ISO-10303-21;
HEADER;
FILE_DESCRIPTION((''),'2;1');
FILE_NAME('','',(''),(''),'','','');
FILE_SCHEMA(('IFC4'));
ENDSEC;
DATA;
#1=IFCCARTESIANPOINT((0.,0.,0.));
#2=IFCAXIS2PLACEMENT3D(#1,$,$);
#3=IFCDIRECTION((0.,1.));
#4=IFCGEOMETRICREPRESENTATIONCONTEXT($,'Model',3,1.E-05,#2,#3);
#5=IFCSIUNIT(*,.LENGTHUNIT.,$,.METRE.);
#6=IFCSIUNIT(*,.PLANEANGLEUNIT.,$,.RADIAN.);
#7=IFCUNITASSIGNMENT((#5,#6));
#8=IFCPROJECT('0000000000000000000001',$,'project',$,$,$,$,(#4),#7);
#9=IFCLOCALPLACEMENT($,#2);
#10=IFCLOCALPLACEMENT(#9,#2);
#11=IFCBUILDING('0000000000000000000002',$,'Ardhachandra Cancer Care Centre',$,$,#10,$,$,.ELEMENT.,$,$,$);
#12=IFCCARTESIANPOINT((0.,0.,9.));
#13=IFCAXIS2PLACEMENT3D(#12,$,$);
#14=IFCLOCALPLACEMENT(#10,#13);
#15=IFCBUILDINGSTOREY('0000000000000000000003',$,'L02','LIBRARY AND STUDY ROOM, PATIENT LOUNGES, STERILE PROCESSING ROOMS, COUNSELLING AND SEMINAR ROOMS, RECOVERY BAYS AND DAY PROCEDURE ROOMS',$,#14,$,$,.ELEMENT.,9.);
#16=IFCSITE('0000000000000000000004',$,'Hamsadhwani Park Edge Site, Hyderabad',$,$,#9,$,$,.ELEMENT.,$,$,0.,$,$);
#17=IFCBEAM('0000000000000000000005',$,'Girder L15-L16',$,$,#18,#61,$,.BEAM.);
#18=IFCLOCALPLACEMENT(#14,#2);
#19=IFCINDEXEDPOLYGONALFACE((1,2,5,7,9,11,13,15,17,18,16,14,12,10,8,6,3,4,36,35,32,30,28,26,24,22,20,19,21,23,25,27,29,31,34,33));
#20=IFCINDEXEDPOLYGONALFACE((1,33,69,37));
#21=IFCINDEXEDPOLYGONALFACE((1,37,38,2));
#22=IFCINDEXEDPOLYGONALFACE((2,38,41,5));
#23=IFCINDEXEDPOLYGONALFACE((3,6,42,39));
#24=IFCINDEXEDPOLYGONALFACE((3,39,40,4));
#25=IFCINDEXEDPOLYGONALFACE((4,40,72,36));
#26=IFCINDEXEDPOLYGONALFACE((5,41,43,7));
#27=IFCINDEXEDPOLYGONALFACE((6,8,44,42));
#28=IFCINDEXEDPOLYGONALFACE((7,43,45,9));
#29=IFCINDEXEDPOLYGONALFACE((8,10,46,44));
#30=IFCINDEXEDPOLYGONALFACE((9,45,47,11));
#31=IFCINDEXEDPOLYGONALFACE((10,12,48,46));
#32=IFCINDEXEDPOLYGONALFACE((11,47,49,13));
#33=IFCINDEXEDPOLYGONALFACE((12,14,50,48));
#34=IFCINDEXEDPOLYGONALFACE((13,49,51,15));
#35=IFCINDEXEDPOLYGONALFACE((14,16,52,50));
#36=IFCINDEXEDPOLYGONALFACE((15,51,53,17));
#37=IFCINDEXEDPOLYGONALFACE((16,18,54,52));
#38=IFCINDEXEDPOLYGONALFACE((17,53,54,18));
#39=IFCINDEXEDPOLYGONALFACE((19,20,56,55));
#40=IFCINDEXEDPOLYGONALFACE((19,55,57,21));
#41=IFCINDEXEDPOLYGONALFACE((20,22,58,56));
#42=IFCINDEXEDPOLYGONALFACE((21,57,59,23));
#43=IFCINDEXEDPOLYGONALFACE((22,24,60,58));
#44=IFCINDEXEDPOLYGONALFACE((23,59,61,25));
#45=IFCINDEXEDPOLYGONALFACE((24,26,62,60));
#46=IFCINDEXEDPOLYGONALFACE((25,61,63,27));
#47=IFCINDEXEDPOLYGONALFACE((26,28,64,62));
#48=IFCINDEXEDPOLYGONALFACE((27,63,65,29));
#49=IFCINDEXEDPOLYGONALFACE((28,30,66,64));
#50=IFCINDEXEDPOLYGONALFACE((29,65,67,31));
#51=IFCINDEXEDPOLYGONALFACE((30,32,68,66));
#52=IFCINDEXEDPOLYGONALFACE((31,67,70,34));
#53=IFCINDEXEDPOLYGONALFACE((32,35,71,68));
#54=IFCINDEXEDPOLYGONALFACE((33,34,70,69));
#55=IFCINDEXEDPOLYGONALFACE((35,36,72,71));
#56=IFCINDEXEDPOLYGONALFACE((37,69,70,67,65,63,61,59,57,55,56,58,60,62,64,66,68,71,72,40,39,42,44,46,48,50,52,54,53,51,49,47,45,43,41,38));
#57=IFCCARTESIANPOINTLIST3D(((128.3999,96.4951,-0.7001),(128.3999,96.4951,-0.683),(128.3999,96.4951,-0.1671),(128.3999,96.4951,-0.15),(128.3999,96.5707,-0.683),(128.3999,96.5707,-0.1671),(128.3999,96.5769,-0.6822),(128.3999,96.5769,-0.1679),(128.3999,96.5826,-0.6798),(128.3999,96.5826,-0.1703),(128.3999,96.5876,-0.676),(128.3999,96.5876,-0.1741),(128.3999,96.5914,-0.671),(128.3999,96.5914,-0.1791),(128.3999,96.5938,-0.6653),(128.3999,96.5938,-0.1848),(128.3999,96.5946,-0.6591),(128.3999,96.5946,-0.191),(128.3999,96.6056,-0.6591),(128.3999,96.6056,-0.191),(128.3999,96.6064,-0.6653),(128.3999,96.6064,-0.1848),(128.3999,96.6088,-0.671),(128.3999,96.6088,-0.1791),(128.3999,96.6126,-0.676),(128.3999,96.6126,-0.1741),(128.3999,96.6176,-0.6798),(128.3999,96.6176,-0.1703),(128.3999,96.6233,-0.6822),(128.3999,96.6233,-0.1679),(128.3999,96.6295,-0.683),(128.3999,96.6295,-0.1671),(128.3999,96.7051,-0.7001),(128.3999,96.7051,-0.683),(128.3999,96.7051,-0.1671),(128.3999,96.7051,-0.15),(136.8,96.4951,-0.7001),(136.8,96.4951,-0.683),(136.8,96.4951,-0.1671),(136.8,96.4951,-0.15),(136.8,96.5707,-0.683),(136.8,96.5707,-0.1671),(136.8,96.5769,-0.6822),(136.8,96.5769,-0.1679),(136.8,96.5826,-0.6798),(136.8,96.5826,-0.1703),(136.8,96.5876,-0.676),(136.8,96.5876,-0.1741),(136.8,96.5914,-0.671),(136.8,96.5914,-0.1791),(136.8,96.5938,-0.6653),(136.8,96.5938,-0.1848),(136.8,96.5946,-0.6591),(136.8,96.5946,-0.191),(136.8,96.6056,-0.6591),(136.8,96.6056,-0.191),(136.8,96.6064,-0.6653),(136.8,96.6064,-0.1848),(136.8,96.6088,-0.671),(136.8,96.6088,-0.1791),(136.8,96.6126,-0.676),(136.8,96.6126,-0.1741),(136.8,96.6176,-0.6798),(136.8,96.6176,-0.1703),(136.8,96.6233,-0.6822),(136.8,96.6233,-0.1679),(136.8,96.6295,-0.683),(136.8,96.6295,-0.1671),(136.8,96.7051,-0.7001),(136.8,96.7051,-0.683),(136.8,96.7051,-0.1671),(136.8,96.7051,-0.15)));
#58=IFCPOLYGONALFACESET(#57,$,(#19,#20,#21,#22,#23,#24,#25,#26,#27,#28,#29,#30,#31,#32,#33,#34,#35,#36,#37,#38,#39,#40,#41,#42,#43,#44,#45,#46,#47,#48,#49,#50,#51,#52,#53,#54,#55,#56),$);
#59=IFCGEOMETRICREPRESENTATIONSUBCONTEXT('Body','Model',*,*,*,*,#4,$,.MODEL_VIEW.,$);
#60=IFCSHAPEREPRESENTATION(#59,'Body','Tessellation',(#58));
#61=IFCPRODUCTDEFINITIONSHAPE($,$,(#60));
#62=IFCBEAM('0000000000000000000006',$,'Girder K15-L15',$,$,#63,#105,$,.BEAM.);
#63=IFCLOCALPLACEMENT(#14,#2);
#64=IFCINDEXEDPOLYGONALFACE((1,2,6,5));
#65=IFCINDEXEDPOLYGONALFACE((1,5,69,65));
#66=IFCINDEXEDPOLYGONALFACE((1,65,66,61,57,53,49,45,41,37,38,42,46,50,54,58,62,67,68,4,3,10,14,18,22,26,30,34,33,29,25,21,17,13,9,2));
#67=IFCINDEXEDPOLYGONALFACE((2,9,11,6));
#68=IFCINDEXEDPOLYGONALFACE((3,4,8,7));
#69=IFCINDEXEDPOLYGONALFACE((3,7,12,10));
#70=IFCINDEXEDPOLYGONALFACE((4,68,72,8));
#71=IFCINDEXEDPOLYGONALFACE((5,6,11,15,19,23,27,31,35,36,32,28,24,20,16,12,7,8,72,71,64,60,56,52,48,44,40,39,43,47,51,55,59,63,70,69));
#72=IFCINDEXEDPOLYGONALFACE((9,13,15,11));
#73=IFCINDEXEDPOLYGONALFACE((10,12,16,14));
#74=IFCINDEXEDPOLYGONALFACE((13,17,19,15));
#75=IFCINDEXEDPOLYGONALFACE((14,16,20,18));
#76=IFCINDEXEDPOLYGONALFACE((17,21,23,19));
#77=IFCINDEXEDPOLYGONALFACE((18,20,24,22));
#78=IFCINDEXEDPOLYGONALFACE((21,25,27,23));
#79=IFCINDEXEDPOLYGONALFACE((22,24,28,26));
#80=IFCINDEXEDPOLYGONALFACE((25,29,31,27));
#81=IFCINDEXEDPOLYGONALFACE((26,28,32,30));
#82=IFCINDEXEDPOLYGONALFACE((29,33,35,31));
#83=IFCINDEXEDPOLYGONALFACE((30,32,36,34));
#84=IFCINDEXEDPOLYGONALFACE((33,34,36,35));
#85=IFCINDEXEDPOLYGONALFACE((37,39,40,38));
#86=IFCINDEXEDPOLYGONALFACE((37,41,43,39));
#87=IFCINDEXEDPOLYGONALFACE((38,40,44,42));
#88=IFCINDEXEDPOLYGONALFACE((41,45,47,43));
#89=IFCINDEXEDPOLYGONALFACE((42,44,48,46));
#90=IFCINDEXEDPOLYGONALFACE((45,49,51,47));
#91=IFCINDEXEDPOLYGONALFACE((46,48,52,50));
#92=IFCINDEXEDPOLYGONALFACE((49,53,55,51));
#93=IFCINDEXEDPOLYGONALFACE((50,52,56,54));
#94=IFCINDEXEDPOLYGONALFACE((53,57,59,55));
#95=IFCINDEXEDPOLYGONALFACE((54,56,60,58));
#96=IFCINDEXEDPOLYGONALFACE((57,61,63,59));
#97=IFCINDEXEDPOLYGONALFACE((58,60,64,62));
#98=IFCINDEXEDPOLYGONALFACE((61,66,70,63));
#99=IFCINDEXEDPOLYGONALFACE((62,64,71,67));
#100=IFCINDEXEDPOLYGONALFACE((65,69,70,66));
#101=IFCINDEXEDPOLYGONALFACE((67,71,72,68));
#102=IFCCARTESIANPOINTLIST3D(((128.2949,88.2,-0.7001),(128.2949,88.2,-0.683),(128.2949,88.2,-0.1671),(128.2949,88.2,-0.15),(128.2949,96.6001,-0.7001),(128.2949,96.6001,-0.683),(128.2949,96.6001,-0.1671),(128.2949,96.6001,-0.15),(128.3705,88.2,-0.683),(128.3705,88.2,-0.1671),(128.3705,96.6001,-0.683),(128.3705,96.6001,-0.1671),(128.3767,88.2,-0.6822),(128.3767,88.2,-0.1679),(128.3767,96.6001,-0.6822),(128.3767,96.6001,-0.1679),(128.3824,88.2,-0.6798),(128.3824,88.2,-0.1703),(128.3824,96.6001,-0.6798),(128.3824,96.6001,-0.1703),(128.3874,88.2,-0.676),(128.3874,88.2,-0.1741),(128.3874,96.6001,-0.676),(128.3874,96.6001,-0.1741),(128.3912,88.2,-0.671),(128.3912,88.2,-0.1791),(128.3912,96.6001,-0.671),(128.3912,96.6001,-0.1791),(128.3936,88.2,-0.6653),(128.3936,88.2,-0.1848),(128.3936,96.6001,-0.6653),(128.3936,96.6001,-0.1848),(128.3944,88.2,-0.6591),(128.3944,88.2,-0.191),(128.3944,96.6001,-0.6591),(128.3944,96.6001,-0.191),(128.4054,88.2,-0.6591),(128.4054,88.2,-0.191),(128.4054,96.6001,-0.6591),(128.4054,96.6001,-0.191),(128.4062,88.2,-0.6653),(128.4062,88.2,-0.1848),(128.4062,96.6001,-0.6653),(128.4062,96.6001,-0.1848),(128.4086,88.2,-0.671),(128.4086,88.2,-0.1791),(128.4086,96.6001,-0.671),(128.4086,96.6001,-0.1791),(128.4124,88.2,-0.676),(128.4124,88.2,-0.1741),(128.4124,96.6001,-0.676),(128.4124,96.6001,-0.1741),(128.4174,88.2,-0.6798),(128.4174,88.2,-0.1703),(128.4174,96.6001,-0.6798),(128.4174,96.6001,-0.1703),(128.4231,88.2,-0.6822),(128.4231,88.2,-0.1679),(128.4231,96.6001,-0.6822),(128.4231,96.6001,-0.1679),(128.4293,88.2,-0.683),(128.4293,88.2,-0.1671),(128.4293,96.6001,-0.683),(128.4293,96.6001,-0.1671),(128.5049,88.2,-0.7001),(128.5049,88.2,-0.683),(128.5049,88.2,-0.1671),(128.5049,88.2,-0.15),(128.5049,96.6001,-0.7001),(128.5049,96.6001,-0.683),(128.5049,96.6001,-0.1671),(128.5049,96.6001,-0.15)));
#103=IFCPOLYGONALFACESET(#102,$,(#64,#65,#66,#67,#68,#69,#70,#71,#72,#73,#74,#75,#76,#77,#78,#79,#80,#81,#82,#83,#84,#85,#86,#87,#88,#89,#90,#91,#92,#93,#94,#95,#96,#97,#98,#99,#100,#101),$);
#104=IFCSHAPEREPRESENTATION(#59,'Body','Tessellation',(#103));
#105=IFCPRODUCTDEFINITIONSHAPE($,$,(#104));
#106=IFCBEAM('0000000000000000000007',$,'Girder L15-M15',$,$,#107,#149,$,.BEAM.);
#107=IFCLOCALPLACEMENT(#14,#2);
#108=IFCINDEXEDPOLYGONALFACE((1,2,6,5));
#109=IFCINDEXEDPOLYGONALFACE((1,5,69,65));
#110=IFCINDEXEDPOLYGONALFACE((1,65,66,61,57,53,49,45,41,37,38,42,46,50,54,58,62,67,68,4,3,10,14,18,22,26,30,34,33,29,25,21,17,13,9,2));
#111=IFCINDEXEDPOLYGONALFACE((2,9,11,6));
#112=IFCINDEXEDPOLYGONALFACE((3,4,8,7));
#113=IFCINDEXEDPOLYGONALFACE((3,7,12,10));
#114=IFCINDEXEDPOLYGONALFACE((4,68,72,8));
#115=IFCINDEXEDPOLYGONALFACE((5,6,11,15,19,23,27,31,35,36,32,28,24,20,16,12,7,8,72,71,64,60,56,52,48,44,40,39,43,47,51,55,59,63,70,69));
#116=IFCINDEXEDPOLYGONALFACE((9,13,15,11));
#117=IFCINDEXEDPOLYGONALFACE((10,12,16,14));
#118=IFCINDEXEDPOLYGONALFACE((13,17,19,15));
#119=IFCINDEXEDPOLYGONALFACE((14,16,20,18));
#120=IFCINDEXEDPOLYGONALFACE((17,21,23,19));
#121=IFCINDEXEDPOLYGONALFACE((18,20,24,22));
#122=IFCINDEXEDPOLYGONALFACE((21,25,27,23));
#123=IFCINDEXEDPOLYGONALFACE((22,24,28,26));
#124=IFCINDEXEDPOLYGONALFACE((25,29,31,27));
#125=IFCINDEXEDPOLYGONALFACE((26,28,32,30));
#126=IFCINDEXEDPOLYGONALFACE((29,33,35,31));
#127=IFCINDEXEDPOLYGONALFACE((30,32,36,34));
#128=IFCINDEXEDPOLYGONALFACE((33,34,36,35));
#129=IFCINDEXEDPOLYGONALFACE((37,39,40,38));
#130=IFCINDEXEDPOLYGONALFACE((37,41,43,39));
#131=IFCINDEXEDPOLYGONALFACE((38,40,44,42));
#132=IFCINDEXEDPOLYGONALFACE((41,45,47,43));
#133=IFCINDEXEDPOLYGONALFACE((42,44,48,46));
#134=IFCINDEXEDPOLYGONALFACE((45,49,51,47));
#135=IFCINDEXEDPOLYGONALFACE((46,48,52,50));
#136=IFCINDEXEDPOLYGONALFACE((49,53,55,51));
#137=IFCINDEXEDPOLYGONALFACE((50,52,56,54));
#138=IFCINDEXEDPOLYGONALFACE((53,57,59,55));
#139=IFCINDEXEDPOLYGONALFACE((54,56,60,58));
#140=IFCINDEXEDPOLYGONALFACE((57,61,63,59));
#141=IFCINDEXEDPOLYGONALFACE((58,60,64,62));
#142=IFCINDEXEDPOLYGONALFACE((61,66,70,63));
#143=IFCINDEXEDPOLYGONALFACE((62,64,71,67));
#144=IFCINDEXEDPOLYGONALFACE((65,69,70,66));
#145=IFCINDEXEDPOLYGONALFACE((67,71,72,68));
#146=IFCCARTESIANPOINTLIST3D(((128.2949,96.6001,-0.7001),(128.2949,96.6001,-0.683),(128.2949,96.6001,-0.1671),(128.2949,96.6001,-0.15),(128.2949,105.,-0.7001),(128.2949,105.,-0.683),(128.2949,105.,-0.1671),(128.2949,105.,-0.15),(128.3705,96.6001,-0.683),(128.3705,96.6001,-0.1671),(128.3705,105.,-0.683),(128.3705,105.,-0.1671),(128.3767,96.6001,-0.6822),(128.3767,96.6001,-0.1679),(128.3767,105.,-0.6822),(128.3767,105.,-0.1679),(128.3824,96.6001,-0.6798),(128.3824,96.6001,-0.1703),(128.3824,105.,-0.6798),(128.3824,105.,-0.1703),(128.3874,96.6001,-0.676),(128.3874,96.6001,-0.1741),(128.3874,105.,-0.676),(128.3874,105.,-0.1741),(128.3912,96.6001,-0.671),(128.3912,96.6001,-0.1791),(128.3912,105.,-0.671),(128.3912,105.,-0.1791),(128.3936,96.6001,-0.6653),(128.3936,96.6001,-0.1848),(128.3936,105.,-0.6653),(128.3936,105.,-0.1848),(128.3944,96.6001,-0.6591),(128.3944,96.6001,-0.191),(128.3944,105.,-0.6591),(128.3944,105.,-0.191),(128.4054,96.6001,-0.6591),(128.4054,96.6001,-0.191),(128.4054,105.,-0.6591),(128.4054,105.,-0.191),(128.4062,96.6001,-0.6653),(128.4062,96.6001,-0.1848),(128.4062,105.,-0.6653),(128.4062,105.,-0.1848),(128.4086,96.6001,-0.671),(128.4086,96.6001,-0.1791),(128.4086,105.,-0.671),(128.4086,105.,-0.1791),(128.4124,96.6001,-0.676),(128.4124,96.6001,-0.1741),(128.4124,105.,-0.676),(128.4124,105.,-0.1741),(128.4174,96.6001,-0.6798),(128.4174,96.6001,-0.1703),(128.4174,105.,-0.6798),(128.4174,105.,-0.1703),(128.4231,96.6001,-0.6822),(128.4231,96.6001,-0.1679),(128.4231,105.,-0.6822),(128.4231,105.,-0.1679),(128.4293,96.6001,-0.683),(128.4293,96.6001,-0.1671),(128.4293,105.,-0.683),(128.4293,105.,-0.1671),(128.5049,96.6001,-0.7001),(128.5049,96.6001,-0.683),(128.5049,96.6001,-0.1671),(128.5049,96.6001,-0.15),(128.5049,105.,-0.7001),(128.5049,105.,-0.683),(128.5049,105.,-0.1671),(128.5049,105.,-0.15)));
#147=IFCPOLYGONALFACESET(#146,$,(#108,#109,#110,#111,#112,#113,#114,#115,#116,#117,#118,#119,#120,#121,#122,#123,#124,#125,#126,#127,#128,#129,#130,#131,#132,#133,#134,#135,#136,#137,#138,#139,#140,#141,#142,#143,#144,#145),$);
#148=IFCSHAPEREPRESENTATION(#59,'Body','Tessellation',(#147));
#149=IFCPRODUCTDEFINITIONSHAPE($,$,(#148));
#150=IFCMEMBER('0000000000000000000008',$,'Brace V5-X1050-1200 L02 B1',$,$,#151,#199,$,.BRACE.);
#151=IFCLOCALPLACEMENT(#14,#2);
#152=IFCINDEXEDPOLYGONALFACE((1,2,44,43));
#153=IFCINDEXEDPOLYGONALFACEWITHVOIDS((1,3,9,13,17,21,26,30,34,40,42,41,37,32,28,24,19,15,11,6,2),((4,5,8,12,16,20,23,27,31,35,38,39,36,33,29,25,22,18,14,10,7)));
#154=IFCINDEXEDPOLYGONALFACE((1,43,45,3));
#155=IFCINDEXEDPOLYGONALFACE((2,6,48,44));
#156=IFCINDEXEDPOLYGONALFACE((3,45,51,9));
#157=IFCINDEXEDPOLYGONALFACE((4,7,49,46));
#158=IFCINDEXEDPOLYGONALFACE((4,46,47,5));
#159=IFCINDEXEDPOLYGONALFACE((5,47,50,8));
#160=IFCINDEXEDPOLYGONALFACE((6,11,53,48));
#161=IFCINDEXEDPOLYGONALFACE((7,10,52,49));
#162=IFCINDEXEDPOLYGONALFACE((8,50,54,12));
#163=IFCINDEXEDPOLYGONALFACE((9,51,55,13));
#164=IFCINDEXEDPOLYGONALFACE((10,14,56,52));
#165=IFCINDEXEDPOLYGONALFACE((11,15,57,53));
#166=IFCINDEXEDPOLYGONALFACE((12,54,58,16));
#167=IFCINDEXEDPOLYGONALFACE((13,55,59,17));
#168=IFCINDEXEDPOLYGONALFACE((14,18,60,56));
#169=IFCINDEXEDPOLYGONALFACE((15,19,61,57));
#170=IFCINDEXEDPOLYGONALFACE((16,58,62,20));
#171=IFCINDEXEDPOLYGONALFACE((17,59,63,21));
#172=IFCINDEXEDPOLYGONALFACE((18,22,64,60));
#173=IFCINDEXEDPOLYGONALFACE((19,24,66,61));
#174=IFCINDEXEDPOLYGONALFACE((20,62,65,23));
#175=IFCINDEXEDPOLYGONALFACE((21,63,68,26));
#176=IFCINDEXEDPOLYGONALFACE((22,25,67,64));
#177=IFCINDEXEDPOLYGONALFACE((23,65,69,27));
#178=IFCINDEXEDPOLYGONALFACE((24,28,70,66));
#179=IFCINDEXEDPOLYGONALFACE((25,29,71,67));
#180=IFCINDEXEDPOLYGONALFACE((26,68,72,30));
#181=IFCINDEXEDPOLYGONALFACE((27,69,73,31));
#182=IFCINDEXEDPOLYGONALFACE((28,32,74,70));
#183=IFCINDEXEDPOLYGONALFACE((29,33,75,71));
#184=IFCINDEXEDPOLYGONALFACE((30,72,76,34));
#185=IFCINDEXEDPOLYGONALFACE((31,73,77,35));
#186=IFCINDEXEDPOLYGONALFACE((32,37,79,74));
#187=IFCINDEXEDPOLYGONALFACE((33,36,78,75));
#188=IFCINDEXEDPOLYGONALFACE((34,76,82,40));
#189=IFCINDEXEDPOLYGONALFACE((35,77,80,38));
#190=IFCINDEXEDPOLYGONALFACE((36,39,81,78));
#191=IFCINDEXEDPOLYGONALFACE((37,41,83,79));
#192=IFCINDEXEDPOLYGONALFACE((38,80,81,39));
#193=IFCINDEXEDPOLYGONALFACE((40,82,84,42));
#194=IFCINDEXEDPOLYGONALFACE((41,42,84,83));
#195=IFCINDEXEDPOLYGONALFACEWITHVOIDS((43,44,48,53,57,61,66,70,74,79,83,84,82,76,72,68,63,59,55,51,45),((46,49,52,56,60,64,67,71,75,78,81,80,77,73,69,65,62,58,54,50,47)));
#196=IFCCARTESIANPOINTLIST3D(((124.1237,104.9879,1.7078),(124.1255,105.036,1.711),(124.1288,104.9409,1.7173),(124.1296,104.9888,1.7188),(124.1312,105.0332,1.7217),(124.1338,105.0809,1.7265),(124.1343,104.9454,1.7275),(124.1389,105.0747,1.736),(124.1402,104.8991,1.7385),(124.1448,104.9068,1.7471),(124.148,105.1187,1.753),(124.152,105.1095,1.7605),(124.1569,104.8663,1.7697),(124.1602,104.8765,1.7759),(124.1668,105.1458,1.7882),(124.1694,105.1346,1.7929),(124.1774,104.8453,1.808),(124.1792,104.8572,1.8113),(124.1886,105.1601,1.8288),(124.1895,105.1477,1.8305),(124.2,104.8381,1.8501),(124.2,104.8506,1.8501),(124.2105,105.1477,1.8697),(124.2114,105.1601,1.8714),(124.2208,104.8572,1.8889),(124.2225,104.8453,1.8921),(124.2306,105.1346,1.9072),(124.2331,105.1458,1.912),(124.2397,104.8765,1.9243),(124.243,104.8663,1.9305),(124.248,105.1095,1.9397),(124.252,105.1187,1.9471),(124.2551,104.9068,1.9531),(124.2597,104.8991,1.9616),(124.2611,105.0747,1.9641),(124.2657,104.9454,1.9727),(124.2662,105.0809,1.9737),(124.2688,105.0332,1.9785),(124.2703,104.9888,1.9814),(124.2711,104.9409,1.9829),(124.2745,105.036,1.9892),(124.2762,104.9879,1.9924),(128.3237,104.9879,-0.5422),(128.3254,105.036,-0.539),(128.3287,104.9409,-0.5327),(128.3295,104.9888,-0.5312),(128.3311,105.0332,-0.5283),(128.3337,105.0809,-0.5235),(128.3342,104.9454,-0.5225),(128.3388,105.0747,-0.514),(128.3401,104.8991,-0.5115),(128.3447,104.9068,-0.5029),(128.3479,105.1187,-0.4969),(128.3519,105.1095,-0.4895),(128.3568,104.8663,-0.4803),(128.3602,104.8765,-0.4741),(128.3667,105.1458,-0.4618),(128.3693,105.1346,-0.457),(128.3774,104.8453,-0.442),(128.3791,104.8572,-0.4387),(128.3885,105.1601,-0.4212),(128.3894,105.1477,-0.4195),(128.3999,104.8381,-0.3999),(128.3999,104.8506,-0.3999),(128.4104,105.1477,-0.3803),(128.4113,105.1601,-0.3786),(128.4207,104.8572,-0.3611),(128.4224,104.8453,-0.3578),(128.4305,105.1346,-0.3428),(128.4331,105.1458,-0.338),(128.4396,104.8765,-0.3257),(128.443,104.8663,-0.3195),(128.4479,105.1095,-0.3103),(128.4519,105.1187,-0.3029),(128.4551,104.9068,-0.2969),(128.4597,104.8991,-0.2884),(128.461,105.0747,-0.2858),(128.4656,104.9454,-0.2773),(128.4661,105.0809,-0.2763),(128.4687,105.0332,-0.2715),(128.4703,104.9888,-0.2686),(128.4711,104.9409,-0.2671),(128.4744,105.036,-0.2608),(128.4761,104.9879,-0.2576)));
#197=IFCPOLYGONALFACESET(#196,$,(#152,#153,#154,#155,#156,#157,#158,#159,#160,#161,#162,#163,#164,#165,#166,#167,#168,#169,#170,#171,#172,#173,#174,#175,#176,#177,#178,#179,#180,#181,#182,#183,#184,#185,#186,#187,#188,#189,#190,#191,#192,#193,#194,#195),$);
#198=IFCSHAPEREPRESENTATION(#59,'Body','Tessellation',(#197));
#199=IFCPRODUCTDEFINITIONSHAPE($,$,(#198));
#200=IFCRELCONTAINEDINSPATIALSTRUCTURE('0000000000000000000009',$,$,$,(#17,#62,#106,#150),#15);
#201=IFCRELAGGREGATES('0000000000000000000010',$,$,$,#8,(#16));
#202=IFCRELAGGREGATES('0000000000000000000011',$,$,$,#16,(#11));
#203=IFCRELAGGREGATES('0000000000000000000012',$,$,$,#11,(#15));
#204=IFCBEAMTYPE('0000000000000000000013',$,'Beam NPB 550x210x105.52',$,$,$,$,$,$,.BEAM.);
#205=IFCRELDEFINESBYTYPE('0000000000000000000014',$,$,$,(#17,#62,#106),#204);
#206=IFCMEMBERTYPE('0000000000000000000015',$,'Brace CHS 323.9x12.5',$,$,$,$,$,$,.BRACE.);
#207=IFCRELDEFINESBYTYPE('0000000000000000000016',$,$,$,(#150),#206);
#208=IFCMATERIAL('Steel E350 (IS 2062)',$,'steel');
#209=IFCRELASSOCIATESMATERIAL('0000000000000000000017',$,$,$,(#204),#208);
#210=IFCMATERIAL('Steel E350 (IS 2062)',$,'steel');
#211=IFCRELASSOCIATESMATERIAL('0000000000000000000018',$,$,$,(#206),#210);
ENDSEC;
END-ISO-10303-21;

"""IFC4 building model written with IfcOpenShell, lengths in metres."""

from ifc_helpers import new_model, si_unit, direction, frame, origin, origin_2d, place, context, subcontext, project, spatial, hollow_circle, i_section, extrude, material, material_profile, profile_set, type_object, element, save


model = new_model("IFC4")

# Units and contexts
model_context = context("Model", 3, precision=1e-05, world=origin(), true_north=direction((0.0, 1.0)))
body_context = subcontext(model_context, "Body", "Model", "MODEL_VIEW")
ifc_project = project(units=[si_unit("LENGTHUNIT", "METRE"), si_unit("PLANEANGLEUNIT", "RADIAN")], contexts=[model_context])

# Site, building, storey
site_placement = place(None, origin())
site = spatial("IfcSite", under=ifc_project, at=site_placement, Name="Hamsadhwani Park Edge Site, Hyderabad", CompositionType="ELEMENT", RefElevation=0.0)
building_placement = place(site_placement, origin())
building = spatial("IfcBuilding", under=site, at=building_placement, Name="Ardhachandra Cancer Care Centre", CompositionType="ELEMENT")
storey_placement = place(building_placement, frame((0.0, 0.0, 9.0)))
storey = spatial("IfcBuildingStorey", under=building, at=storey_placement, Name="L02", Description="LIBRARY AND STUDY ROOM, PATIENT LOUNGES, STERILE PROCESSING ROOMS, COUNSELLING AND SEMINAR ROOMS, RECOVERY BAYS AND DAY PROCEDURE ROOMS", CompositionType="ELEMENT", Elevation=9.0)

# Beams
ifc_material_1 = material(Name="Steel E350 (IS 2062)", Category="steel")
ifc_material_profile_1 = material_profile(ifc_material_1, i_section(OverallWidth=0.21, OverallDepth=0.55, WebThickness=0.011, FlangeThickness=0.0171, FilletRadius=0.0239, at=origin_2d()), Name="NPB 550x210x105.52")
ifc_profile_set_1 = profile_set([ifc_material_profile_1], Name="Steel E350 (IS 2062)")
beam_type_1 = type_object("IfcBeamType", Name="Beam NPB 550x210x105.52", PredefinedType="BEAM", material=ifc_profile_set_1)
for number, where, z_axis, x_axis, name in (
    (1, (128.3999, 96.6001, -0.425), (1.0, 0.0, 0.0), (0.0, 1.0, 0.0), "Girder L15-L16"),
    (2, (128.3999, 88.2, -0.425), (0.0, 1.0, 0.0), (-1.0, 0.0, 0.0), "Girder K15-L15"),
):
    element("IfcBeam", number, at=place(storey_placement, frame(where, z_axis=z_axis, x_axis=x_axis)), inside=storey, type_object=beam_type_1, Name=name, PredefinedType="BEAM", context=body_context, shape_type="SweptSolid", body=[
        extrude(i_section(OverallWidth=0.21, OverallDepth=0.55, WebThickness=0.011, FlangeThickness=0.0171, FilletRadius=0.0239, at=origin_2d()), origin(), (0.0, 0.0, 1.0), 8.4001),
    ])
beam_1_placement = place(storey_placement, frame((128.3999, 96.6001, -0.425), z_axis=(0.0, 1.0, 0.0), x_axis=(-1.0, 0.0, 0.0)))
element("IfcBeam", 3, at=beam_1_placement, inside=storey, type_object=beam_type_1, Name="Girder L15-M15", PredefinedType="BEAM", context=body_context, shape_type="SweptSolid", body=[
    extrude(i_section(OverallWidth=0.21, OverallDepth=0.55, WebThickness=0.011, FlangeThickness=0.0171, FilletRadius=0.0239, at=origin_2d()), origin(), (0.0, 0.0, 1.0), 8.3999),
])

# Member
ifc_material_2 = material(Name="Steel E350 (IS 2062)", Category="steel")
ifc_material_profile_2 = material_profile(ifc_material_2, hollow_circle(Radius=0.1619, WallThickness=0.0125, at=origin_2d()), Name="CHS 323.9x12.5")
ifc_profile_set_2 = profile_set([ifc_material_profile_2], Name="Steel E350 (IS 2062)")
member_type_1 = type_object("IfcMemberType", Name="Brace CHS 323.9x12.5", PredefinedType="BRACE", material=ifc_profile_set_2)
member_1_placement = place(storey_placement, frame((128.3999, 105.0, -0.3999), z_axis=(-0.881478, 0.0, 0.472226), x_axis=(0.0, -1.0, 0.0)))
element("IfcMember", 4, at=member_1_placement, inside=storey, type_object=member_type_1, Name="Brace V5-X1050-1200 L02 B1", PredefinedType="BRACE", context=body_context, shape_type="SweptSolid", body=[
    extrude(hollow_circle(Radius=0.1619, WallThickness=0.0125, at=origin_2d()), origin(), (0.0, 0.0, 1.0), 4.7646),
])

save(model, "model.ifc")
